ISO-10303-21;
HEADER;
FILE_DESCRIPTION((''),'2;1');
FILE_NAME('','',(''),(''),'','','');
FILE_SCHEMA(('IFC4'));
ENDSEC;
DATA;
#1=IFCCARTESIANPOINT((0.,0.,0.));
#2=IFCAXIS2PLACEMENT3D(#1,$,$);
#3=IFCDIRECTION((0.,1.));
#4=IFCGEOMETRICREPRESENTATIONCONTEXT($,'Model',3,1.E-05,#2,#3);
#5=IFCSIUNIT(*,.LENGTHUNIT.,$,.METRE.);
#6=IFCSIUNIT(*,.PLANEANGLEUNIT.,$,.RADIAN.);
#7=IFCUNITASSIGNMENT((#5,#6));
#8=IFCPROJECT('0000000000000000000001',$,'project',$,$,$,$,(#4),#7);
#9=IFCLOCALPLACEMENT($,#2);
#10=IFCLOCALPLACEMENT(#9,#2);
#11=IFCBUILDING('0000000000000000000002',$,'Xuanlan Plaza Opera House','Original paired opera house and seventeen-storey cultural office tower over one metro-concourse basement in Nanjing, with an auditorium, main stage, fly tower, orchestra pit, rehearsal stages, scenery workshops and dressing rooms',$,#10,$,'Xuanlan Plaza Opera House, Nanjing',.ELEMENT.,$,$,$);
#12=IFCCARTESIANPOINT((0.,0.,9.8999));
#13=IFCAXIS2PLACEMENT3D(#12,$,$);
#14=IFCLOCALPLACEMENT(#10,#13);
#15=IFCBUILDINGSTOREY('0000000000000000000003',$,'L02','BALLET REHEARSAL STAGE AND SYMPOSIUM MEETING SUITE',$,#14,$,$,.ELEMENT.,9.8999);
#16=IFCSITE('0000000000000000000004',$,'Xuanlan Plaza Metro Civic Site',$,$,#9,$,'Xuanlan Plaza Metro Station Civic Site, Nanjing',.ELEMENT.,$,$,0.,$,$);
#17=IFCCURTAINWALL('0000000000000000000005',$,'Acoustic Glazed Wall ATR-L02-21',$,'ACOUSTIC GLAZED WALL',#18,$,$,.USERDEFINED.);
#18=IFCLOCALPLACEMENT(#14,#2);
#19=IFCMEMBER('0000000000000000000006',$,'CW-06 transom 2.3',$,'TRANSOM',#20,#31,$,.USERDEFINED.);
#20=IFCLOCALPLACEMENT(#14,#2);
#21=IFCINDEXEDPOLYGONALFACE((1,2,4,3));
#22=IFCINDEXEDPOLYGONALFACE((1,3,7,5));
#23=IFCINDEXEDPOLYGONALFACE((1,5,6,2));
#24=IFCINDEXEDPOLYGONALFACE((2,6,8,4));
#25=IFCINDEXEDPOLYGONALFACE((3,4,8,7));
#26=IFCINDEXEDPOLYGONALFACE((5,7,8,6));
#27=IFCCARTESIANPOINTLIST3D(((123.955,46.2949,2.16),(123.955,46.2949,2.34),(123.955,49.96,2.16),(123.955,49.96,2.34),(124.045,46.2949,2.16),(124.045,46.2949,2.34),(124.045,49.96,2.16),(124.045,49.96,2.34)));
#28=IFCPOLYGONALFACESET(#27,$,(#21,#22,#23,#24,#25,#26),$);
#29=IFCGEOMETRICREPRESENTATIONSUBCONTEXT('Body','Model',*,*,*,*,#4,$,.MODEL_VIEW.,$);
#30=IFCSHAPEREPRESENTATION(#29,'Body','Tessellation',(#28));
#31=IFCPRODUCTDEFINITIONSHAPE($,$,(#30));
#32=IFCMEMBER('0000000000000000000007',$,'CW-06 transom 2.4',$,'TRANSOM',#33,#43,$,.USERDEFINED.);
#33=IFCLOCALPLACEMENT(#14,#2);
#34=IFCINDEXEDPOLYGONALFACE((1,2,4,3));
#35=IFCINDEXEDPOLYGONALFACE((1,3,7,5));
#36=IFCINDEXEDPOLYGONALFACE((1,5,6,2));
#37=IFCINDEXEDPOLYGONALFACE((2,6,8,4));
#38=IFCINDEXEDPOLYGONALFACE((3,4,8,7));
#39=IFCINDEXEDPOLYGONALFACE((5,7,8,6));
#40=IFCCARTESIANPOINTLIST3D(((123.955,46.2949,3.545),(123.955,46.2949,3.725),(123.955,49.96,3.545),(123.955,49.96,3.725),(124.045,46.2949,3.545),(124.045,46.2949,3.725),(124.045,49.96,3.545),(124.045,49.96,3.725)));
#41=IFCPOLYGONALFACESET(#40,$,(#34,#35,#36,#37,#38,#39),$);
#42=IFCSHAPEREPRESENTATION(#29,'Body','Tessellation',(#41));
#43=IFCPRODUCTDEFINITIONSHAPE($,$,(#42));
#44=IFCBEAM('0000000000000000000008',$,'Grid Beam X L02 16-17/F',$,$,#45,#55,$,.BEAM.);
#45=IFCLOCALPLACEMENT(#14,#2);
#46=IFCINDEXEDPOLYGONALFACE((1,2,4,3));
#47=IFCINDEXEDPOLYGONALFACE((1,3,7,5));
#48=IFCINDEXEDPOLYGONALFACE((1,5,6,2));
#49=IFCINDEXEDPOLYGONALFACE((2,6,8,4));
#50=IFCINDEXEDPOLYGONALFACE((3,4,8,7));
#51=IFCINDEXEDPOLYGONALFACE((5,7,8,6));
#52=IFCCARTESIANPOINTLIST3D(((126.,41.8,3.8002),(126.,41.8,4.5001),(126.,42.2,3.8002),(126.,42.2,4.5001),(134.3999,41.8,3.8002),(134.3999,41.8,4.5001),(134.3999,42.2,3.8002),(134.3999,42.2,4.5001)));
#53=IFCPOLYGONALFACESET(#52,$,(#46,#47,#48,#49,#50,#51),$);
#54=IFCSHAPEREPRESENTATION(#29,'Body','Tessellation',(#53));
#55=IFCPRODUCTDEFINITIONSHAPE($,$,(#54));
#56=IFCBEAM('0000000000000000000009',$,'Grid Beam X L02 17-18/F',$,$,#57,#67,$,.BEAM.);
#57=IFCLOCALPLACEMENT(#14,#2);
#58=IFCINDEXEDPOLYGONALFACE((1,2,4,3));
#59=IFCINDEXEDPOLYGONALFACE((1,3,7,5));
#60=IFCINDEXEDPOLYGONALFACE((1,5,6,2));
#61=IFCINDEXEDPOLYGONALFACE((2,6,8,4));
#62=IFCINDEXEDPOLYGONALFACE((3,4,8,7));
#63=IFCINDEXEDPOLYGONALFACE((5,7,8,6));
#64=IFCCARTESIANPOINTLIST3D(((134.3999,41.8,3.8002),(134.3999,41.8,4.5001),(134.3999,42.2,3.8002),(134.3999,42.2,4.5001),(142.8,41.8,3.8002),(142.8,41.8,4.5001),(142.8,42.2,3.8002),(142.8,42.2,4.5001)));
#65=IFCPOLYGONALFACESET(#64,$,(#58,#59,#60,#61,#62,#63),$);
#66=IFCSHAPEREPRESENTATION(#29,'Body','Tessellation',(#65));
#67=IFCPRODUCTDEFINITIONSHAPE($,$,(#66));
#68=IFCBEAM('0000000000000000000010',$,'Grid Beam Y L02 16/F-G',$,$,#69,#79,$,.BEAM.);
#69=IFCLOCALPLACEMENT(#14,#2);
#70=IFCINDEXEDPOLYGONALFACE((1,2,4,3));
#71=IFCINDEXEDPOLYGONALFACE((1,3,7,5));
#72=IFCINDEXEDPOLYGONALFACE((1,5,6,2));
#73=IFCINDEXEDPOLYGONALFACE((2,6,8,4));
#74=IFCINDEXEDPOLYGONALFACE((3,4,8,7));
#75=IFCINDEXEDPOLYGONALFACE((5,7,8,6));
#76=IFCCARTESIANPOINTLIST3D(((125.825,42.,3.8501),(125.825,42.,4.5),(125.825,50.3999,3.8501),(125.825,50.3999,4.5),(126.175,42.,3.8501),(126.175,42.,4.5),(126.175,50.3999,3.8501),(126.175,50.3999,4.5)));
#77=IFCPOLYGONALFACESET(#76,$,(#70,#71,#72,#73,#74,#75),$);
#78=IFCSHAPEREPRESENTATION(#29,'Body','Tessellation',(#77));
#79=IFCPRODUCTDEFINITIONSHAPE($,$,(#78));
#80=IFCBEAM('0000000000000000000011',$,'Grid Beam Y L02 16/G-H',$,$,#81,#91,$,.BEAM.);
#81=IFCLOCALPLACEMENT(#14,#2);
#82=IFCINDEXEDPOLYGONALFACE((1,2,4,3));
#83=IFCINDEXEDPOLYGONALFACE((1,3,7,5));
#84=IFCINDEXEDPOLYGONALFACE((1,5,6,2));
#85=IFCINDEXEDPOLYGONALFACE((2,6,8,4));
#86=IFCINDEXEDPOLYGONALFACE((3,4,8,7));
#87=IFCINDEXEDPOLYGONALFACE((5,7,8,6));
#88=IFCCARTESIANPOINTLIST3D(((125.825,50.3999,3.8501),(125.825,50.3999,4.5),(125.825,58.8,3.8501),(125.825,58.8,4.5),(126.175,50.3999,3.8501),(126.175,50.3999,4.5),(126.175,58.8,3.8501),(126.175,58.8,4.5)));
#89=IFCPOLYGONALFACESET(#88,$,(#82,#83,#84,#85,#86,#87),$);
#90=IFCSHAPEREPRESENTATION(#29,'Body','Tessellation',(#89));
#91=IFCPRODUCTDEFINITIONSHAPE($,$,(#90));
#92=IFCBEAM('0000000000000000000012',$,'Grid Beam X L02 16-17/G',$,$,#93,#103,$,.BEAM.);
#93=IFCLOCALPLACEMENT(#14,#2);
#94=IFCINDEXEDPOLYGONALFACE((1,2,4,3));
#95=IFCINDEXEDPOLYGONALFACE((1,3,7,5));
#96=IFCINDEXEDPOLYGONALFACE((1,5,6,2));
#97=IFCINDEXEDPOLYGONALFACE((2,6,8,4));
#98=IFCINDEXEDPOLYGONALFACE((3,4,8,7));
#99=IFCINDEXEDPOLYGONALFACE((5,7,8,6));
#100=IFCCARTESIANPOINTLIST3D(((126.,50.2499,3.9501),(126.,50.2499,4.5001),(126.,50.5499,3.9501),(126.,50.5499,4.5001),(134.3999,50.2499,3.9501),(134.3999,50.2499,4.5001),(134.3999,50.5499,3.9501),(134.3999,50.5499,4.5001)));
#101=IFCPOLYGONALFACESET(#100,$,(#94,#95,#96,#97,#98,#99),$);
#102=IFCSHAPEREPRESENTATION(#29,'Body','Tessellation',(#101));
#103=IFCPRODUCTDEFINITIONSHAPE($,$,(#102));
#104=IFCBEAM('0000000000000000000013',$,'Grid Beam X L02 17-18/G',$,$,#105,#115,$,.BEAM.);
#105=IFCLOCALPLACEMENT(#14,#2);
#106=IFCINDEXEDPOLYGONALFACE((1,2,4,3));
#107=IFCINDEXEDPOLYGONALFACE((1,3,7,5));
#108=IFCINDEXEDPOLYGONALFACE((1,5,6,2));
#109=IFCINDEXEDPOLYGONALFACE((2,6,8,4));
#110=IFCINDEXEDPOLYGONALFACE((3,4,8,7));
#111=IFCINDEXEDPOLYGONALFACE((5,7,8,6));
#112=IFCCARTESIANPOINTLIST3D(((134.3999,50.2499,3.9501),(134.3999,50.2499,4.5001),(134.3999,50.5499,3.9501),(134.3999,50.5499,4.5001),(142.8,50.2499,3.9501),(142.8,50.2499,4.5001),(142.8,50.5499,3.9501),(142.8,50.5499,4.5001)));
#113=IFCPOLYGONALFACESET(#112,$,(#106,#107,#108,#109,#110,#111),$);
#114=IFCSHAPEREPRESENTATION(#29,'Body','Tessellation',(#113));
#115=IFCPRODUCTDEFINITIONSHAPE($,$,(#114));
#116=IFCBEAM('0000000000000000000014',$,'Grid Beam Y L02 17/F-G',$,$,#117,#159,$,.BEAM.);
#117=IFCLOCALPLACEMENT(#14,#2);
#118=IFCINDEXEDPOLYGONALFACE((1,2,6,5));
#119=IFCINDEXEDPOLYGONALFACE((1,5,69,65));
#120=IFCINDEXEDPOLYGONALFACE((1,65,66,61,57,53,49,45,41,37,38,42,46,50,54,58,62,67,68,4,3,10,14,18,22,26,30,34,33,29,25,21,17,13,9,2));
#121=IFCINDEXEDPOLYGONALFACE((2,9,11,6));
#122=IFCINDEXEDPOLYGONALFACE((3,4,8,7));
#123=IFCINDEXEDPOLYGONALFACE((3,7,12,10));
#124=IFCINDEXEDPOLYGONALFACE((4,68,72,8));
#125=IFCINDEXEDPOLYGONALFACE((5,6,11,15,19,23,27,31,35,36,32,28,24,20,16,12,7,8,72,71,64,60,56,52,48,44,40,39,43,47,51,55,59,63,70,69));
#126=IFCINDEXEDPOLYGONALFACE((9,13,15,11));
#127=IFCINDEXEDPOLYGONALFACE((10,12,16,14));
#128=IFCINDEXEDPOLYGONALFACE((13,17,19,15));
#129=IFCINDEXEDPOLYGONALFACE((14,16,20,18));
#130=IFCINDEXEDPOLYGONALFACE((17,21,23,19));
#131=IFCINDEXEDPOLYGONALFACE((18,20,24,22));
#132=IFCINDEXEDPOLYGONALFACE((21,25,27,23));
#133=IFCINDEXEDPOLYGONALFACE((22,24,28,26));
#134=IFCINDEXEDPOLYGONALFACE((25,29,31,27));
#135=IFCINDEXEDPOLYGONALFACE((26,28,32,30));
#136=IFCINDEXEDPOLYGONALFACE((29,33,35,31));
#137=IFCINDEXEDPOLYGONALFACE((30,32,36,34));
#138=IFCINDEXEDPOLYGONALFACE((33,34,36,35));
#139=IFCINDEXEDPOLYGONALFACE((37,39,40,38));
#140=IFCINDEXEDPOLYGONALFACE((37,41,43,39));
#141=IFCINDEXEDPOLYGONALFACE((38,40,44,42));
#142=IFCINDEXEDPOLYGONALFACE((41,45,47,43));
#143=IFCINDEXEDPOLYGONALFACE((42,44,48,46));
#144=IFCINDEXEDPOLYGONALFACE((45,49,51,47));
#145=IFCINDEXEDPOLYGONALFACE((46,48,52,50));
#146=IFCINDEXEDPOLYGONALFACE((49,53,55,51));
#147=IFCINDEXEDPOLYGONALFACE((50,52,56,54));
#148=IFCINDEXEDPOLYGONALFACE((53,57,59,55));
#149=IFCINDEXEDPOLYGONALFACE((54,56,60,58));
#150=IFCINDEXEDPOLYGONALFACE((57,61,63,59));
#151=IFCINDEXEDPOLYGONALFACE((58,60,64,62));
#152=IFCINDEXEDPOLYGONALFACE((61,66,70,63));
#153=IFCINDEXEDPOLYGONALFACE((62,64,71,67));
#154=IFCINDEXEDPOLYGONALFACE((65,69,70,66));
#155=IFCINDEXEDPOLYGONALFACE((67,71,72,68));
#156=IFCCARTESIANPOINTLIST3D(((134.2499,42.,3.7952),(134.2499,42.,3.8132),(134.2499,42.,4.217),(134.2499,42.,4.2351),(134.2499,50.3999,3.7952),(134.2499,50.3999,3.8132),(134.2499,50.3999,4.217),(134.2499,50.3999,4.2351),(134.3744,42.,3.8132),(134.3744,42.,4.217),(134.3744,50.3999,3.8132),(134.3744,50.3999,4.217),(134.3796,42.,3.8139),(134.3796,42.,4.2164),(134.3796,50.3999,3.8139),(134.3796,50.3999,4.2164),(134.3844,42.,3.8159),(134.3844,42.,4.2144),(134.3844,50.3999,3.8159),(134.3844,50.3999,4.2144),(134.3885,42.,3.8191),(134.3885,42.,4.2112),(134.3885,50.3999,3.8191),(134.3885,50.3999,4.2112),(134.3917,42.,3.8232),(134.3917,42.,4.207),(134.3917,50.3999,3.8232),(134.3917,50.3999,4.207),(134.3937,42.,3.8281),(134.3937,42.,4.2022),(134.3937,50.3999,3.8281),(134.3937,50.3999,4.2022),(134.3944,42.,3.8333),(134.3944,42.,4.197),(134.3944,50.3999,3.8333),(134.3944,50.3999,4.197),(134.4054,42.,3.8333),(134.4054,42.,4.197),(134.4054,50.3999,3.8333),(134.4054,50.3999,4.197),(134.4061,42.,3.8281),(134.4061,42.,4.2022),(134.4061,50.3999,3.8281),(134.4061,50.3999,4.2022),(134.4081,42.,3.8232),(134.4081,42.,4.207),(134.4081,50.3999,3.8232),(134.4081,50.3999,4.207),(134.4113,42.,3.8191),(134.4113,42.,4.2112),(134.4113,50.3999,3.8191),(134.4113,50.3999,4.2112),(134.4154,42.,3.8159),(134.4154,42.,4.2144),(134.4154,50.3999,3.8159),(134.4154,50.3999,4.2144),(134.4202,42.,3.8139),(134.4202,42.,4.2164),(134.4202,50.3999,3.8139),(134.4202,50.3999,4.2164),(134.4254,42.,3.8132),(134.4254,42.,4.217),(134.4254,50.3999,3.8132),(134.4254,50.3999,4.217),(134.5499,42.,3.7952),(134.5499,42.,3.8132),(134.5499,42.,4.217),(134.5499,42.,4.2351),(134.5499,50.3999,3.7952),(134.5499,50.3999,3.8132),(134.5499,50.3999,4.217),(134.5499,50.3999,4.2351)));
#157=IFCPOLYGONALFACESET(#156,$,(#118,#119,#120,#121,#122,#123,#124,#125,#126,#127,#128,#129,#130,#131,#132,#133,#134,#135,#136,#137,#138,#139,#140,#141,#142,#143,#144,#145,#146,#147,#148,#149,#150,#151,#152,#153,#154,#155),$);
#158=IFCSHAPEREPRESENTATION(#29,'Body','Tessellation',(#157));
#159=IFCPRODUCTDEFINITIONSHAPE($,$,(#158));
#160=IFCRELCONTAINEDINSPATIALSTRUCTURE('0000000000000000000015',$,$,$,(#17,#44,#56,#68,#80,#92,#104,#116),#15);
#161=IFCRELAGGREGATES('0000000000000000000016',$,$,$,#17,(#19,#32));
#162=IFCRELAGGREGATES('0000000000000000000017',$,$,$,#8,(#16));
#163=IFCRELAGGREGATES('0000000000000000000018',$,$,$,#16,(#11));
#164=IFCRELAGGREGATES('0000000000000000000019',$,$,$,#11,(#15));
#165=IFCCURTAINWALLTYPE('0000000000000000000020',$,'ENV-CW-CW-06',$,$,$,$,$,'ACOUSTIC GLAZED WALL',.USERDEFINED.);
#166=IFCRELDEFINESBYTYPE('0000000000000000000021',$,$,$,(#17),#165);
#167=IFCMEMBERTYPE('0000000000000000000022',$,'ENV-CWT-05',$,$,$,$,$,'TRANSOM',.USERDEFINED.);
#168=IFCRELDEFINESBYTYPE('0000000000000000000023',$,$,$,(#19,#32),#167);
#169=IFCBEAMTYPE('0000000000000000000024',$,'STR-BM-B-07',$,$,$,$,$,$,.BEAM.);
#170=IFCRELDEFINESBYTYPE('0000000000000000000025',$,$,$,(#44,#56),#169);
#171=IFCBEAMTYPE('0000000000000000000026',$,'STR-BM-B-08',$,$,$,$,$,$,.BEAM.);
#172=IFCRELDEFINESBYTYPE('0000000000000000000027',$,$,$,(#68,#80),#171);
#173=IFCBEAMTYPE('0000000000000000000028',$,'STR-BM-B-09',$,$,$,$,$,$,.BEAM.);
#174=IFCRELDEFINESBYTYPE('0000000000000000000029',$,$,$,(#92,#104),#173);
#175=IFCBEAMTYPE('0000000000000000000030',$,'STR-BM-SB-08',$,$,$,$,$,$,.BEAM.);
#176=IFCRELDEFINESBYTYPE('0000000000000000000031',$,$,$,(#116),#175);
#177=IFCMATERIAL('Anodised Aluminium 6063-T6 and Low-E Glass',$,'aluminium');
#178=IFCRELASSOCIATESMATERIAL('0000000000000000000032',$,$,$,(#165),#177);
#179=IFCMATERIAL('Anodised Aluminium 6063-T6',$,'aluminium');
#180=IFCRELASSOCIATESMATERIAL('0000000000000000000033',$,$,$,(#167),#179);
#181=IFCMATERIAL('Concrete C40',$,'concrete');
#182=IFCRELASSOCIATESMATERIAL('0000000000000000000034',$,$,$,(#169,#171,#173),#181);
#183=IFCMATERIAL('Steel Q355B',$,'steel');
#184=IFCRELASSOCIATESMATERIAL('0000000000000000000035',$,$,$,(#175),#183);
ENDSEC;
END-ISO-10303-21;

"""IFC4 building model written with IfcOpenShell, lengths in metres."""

from ifc_helpers import new_model, si_unit, direction, frame, origin, origin_2d, place, context, subcontext, project, spatial, rectangle, i_section, extrude, material, material_profile, profile_set, type_object, element, aggregate, save


model = new_model("IFC4")

# Units and contexts
model_context = context("Model", 3, precision=1e-05, world=origin(), true_north=direction((0.0, 1.0)))
body_context = subcontext(model_context, "Body", "Model", "MODEL_VIEW")
ifc_project = project(units=[si_unit("LENGTHUNIT", "METRE"), si_unit("PLANEANGLEUNIT", "RADIAN")], contexts=[model_context])

# Site, building, storey
site_placement = place(None, origin())
site = spatial("IfcSite", under=ifc_project, at=site_placement, Name="Xuanlan Plaza Metro Civic Site", LongName="Xuanlan Plaza Metro Station Civic Site, Nanjing", CompositionType="ELEMENT", RefElevation=0.0)
building_placement = place(site_placement, origin())
building = spatial("IfcBuilding", under=site, at=building_placement, Name="Xuanlan Plaza Opera House", Description="Original paired opera house and seventeen-storey cultural office tower over one metro-concourse basement in Nanjing, with an auditorium, main stage, fly tower, orchestra pit, rehearsal stages, scenery workshops and dressing rooms", LongName="Xuanlan Plaza Opera House, Nanjing", CompositionType="ELEMENT")
storey_placement = place(building_placement, frame((0.0, 0.0, 9.8999)))
storey = spatial("IfcBuildingStorey", under=building, at=storey_placement, Name="L02", Description="BALLET REHEARSAL STAGE AND SYMPOSIUM MEETING SUITE", CompositionType="ELEMENT", Elevation=9.8999)

# Curtain wall, members
ifc_material_1 = material(Name="Anodised Aluminium 6063-T6 and Low-E Glass", Category="aluminium")
curtain_wall_type = type_object("IfcCurtainWallType", Name="ENV-CW-CW-06", ElementType="ACOUSTIC GLAZED WALL", PredefinedType="USERDEFINED", material=ifc_material_1)
curtain_wall_placement = place(storey_placement, origin())
curtain_wall = element("IfcCurtainWall", 1, at=curtain_wall_placement, inside=storey, type_object=curtain_wall_type, Name="Acoustic Glazed Wall ATR-L02-21", ObjectType="ACOUSTIC GLAZED WALL", PredefinedType="USERDEFINED")
ifc_material_2 = material(Name="Anodised Aluminium 6063-T6", Category="aluminium")
ifc_material_profile_1 = material_profile(ifc_material_2, rectangle(XDim=0.0901, YDim=0.1799, at=origin_2d()), Name="ALU-T 90x180")
ifc_profile_set_1 = profile_set([ifc_material_profile_1], Name="Anodised Aluminium 6063-T6")
member_type_1 = type_object("IfcMemberType", Name="ENV-CWT-05", ElementType="TRANSOM", PredefinedType="USERDEFINED", material=ifc_profile_set_1)
member_1_placement = place(storey_placement, frame((124.0, 46.2949, 2.25), z_axis=(0.0, 1.0, 0.0), x_axis=(-1.0, 0.0, 0.0)))
member_1 = element("IfcMember", 2, at=member_1_placement, type_object=member_type_1, Name="CW-06 transom 2.3", ObjectType="TRANSOM", PredefinedType="USERDEFINED", context=body_context, shape_type="SweptSolid", body=[
    extrude(rectangle(XDim=0.0901, YDim=0.1799, at=origin_2d()), origin(), (0.0, 0.0, 1.0), 3.665),
])
member_2_placement = place(storey_placement, frame((124.0, 46.2949, 3.635), z_axis=(0.0, 1.0, 0.0), x_axis=(-1.0, 0.0, 0.0)))
member_2 = element("IfcMember", 3, at=member_2_placement, type_object=member_type_1, Name="CW-06 transom 2.4", ObjectType="TRANSOM", PredefinedType="USERDEFINED", context=body_context, shape_type="SweptSolid", body=[
    extrude(rectangle(XDim=0.0901, YDim=0.1799, at=origin_2d()), origin(), (0.0, 0.0, 1.0), 3.665),
])

# Beams
ifc_material_3 = material(Name="Concrete C40", Category="concrete")
ifc_material_profile_2 = material_profile(ifc_material_3, rectangle(XDim=0.3999, YDim=0.7, at=origin_2d()), Name="RC-BM 400x700")
ifc_profile_set_2 = profile_set([ifc_material_profile_2], Name="Concrete C40")
beam_type_1 = type_object("IfcBeamType", Name="STR-BM-B-07", PredefinedType="BEAM", material=ifc_profile_set_2)
beam_1_placement = place(storey_placement, frame((126.0, 42.0, 4.1501), z_axis=(1.0, 0.0, 0.0), x_axis=(0.0, 1.0, 0.0)))
element("IfcBeam", 4, at=beam_1_placement, inside=storey, type_object=beam_type_1, Name="Grid Beam X L02 16-17/F", PredefinedType="BEAM", context=body_context, shape_type="SweptSolid", body=[
    extrude(rectangle(XDim=0.3999, YDim=0.7, at=origin_2d()), origin(), (0.0, 0.0, 1.0), 8.3999),
])
beam_2_placement = place(storey_placement, frame((134.3999, 42.0, 4.1501), z_axis=(1.0, 0.0, 0.0), x_axis=(0.0, 1.0, 0.0)))
element("IfcBeam", 5, at=beam_2_placement, inside=storey, type_object=beam_type_1, Name="Grid Beam X L02 17-18/F", PredefinedType="BEAM", context=body_context, shape_type="SweptSolid", body=[
    extrude(rectangle(XDim=0.3999, YDim=0.7, at=origin_2d()), origin(), (0.0, 0.0, 1.0), 8.4001),
])
ifc_material_profile_3 = material_profile(ifc_material_3, rectangle(XDim=0.3501, YDim=0.6499, at=origin_2d()), Name="RC-BM 350x650")
ifc_profile_set_3 = profile_set([ifc_material_profile_3], Name="Concrete C40")
beam_type_2 = type_object("IfcBeamType", Name="STR-BM-B-08", PredefinedType="BEAM", material=ifc_profile_set_3)
beam_3_placement = place(storey_placement, frame((126.0, 42.0, 4.175), z_axis=(0.0, 1.0, 0.0), x_axis=(-1.0, 0.0, 0.0)))
element("IfcBeam", 6, at=beam_3_placement, inside=storey, type_object=beam_type_2, Name="Grid Beam Y L02 16/F-G", PredefinedType="BEAM", context=body_context, shape_type="SweptSolid", body=[
    extrude(rectangle(XDim=0.3501, YDim=0.6499, at=origin_2d()), origin(), (0.0, 0.0, 1.0), 8.3999),
])
beam_4_placement = place(storey_placement, frame((126.0, 50.3999, 4.175), z_axis=(0.0, 1.0, 0.0), x_axis=(-1.0, 0.0, 0.0)))
element("IfcBeam", 7, at=beam_4_placement, inside=storey, type_object=beam_type_2, Name="Grid Beam Y L02 16/G-H", PredefinedType="BEAM", context=body_context, shape_type="SweptSolid", body=[
    extrude(rectangle(XDim=0.3501, YDim=0.6499, at=origin_2d()), origin(), (0.0, 0.0, 1.0), 8.4001),
])
ifc_material_profile_4 = material_profile(ifc_material_3, rectangle(XDim=0.3, YDim=0.55, at=origin_2d()), Name="RC-BM 300x550")
ifc_profile_set_4 = profile_set([ifc_material_profile_4], Name="Concrete C40")
beam_type_3 = type_object("IfcBeamType", Name="STR-BM-B-09", PredefinedType="BEAM", material=ifc_profile_set_4)
beam_5_placement = place(storey_placement, frame((126.0, 50.3999, 4.2251), z_axis=(1.0, 0.0, 0.0), x_axis=(0.0, 1.0, 0.0)))
element("IfcBeam", 8, at=beam_5_placement, inside=storey, type_object=beam_type_3, Name="Grid Beam X L02 16-17/G", PredefinedType="BEAM", context=body_context, shape_type="SweptSolid", body=[
    extrude(rectangle(XDim=0.3, YDim=0.55, at=origin_2d()), origin(), (0.0, 0.0, 1.0), 8.3999),
])
beam_6_placement = place(storey_placement, frame((134.3999, 50.3999, 4.2251), z_axis=(1.0, 0.0, 0.0), x_axis=(0.0, 1.0, 0.0)))
element("IfcBeam", 9, at=beam_6_placement, inside=storey, type_object=beam_type_3, Name="Grid Beam X L02 17-18/G", PredefinedType="BEAM", context=body_context, shape_type="SweptSolid", body=[
    extrude(rectangle(XDim=0.3, YDim=0.55, at=origin_2d()), origin(), (0.0, 0.0, 1.0), 8.4001),
])
ifc_material_4 = material(Name="Steel Q355B", Category="steel")
ifc_material_profile_5 = material_profile(ifc_material_4, i_section(OverallWidth=0.3, OverallDepth=0.4399, WebThickness=0.011, FlangeThickness=0.0181, FilletRadius=0.02, at=origin_2d()), Name="HM 440x300x11x18")
ifc_profile_set_5 = profile_set([ifc_material_profile_5], Name="Steel Q355B")
beam_type_4 = type_object("IfcBeamType", Name="STR-BM-SB-08", PredefinedType="BEAM", material=ifc_profile_set_5)
beam_7_placement = place(storey_placement, frame((134.3999, 42.0, 4.0151), z_axis=(0.0, 1.0, 0.0), x_axis=(-1.0, 0.0, 0.0)))
element("IfcBeam", 10, at=beam_7_placement, inside=storey, type_object=beam_type_4, Name="Grid Beam Y L02 17/F-G", PredefinedType="BEAM", context=body_context, shape_type="SweptSolid", body=[
    extrude(i_section(OverallWidth=0.3, OverallDepth=0.4399, WebThickness=0.011, FlangeThickness=0.0181, FilletRadius=0.02, at=origin_2d()), origin(), (0.0, 0.0, 1.0), 8.3999),
])

aggregate(curtain_wall, [member_1, member_2])

save(model, "model.ifc")
